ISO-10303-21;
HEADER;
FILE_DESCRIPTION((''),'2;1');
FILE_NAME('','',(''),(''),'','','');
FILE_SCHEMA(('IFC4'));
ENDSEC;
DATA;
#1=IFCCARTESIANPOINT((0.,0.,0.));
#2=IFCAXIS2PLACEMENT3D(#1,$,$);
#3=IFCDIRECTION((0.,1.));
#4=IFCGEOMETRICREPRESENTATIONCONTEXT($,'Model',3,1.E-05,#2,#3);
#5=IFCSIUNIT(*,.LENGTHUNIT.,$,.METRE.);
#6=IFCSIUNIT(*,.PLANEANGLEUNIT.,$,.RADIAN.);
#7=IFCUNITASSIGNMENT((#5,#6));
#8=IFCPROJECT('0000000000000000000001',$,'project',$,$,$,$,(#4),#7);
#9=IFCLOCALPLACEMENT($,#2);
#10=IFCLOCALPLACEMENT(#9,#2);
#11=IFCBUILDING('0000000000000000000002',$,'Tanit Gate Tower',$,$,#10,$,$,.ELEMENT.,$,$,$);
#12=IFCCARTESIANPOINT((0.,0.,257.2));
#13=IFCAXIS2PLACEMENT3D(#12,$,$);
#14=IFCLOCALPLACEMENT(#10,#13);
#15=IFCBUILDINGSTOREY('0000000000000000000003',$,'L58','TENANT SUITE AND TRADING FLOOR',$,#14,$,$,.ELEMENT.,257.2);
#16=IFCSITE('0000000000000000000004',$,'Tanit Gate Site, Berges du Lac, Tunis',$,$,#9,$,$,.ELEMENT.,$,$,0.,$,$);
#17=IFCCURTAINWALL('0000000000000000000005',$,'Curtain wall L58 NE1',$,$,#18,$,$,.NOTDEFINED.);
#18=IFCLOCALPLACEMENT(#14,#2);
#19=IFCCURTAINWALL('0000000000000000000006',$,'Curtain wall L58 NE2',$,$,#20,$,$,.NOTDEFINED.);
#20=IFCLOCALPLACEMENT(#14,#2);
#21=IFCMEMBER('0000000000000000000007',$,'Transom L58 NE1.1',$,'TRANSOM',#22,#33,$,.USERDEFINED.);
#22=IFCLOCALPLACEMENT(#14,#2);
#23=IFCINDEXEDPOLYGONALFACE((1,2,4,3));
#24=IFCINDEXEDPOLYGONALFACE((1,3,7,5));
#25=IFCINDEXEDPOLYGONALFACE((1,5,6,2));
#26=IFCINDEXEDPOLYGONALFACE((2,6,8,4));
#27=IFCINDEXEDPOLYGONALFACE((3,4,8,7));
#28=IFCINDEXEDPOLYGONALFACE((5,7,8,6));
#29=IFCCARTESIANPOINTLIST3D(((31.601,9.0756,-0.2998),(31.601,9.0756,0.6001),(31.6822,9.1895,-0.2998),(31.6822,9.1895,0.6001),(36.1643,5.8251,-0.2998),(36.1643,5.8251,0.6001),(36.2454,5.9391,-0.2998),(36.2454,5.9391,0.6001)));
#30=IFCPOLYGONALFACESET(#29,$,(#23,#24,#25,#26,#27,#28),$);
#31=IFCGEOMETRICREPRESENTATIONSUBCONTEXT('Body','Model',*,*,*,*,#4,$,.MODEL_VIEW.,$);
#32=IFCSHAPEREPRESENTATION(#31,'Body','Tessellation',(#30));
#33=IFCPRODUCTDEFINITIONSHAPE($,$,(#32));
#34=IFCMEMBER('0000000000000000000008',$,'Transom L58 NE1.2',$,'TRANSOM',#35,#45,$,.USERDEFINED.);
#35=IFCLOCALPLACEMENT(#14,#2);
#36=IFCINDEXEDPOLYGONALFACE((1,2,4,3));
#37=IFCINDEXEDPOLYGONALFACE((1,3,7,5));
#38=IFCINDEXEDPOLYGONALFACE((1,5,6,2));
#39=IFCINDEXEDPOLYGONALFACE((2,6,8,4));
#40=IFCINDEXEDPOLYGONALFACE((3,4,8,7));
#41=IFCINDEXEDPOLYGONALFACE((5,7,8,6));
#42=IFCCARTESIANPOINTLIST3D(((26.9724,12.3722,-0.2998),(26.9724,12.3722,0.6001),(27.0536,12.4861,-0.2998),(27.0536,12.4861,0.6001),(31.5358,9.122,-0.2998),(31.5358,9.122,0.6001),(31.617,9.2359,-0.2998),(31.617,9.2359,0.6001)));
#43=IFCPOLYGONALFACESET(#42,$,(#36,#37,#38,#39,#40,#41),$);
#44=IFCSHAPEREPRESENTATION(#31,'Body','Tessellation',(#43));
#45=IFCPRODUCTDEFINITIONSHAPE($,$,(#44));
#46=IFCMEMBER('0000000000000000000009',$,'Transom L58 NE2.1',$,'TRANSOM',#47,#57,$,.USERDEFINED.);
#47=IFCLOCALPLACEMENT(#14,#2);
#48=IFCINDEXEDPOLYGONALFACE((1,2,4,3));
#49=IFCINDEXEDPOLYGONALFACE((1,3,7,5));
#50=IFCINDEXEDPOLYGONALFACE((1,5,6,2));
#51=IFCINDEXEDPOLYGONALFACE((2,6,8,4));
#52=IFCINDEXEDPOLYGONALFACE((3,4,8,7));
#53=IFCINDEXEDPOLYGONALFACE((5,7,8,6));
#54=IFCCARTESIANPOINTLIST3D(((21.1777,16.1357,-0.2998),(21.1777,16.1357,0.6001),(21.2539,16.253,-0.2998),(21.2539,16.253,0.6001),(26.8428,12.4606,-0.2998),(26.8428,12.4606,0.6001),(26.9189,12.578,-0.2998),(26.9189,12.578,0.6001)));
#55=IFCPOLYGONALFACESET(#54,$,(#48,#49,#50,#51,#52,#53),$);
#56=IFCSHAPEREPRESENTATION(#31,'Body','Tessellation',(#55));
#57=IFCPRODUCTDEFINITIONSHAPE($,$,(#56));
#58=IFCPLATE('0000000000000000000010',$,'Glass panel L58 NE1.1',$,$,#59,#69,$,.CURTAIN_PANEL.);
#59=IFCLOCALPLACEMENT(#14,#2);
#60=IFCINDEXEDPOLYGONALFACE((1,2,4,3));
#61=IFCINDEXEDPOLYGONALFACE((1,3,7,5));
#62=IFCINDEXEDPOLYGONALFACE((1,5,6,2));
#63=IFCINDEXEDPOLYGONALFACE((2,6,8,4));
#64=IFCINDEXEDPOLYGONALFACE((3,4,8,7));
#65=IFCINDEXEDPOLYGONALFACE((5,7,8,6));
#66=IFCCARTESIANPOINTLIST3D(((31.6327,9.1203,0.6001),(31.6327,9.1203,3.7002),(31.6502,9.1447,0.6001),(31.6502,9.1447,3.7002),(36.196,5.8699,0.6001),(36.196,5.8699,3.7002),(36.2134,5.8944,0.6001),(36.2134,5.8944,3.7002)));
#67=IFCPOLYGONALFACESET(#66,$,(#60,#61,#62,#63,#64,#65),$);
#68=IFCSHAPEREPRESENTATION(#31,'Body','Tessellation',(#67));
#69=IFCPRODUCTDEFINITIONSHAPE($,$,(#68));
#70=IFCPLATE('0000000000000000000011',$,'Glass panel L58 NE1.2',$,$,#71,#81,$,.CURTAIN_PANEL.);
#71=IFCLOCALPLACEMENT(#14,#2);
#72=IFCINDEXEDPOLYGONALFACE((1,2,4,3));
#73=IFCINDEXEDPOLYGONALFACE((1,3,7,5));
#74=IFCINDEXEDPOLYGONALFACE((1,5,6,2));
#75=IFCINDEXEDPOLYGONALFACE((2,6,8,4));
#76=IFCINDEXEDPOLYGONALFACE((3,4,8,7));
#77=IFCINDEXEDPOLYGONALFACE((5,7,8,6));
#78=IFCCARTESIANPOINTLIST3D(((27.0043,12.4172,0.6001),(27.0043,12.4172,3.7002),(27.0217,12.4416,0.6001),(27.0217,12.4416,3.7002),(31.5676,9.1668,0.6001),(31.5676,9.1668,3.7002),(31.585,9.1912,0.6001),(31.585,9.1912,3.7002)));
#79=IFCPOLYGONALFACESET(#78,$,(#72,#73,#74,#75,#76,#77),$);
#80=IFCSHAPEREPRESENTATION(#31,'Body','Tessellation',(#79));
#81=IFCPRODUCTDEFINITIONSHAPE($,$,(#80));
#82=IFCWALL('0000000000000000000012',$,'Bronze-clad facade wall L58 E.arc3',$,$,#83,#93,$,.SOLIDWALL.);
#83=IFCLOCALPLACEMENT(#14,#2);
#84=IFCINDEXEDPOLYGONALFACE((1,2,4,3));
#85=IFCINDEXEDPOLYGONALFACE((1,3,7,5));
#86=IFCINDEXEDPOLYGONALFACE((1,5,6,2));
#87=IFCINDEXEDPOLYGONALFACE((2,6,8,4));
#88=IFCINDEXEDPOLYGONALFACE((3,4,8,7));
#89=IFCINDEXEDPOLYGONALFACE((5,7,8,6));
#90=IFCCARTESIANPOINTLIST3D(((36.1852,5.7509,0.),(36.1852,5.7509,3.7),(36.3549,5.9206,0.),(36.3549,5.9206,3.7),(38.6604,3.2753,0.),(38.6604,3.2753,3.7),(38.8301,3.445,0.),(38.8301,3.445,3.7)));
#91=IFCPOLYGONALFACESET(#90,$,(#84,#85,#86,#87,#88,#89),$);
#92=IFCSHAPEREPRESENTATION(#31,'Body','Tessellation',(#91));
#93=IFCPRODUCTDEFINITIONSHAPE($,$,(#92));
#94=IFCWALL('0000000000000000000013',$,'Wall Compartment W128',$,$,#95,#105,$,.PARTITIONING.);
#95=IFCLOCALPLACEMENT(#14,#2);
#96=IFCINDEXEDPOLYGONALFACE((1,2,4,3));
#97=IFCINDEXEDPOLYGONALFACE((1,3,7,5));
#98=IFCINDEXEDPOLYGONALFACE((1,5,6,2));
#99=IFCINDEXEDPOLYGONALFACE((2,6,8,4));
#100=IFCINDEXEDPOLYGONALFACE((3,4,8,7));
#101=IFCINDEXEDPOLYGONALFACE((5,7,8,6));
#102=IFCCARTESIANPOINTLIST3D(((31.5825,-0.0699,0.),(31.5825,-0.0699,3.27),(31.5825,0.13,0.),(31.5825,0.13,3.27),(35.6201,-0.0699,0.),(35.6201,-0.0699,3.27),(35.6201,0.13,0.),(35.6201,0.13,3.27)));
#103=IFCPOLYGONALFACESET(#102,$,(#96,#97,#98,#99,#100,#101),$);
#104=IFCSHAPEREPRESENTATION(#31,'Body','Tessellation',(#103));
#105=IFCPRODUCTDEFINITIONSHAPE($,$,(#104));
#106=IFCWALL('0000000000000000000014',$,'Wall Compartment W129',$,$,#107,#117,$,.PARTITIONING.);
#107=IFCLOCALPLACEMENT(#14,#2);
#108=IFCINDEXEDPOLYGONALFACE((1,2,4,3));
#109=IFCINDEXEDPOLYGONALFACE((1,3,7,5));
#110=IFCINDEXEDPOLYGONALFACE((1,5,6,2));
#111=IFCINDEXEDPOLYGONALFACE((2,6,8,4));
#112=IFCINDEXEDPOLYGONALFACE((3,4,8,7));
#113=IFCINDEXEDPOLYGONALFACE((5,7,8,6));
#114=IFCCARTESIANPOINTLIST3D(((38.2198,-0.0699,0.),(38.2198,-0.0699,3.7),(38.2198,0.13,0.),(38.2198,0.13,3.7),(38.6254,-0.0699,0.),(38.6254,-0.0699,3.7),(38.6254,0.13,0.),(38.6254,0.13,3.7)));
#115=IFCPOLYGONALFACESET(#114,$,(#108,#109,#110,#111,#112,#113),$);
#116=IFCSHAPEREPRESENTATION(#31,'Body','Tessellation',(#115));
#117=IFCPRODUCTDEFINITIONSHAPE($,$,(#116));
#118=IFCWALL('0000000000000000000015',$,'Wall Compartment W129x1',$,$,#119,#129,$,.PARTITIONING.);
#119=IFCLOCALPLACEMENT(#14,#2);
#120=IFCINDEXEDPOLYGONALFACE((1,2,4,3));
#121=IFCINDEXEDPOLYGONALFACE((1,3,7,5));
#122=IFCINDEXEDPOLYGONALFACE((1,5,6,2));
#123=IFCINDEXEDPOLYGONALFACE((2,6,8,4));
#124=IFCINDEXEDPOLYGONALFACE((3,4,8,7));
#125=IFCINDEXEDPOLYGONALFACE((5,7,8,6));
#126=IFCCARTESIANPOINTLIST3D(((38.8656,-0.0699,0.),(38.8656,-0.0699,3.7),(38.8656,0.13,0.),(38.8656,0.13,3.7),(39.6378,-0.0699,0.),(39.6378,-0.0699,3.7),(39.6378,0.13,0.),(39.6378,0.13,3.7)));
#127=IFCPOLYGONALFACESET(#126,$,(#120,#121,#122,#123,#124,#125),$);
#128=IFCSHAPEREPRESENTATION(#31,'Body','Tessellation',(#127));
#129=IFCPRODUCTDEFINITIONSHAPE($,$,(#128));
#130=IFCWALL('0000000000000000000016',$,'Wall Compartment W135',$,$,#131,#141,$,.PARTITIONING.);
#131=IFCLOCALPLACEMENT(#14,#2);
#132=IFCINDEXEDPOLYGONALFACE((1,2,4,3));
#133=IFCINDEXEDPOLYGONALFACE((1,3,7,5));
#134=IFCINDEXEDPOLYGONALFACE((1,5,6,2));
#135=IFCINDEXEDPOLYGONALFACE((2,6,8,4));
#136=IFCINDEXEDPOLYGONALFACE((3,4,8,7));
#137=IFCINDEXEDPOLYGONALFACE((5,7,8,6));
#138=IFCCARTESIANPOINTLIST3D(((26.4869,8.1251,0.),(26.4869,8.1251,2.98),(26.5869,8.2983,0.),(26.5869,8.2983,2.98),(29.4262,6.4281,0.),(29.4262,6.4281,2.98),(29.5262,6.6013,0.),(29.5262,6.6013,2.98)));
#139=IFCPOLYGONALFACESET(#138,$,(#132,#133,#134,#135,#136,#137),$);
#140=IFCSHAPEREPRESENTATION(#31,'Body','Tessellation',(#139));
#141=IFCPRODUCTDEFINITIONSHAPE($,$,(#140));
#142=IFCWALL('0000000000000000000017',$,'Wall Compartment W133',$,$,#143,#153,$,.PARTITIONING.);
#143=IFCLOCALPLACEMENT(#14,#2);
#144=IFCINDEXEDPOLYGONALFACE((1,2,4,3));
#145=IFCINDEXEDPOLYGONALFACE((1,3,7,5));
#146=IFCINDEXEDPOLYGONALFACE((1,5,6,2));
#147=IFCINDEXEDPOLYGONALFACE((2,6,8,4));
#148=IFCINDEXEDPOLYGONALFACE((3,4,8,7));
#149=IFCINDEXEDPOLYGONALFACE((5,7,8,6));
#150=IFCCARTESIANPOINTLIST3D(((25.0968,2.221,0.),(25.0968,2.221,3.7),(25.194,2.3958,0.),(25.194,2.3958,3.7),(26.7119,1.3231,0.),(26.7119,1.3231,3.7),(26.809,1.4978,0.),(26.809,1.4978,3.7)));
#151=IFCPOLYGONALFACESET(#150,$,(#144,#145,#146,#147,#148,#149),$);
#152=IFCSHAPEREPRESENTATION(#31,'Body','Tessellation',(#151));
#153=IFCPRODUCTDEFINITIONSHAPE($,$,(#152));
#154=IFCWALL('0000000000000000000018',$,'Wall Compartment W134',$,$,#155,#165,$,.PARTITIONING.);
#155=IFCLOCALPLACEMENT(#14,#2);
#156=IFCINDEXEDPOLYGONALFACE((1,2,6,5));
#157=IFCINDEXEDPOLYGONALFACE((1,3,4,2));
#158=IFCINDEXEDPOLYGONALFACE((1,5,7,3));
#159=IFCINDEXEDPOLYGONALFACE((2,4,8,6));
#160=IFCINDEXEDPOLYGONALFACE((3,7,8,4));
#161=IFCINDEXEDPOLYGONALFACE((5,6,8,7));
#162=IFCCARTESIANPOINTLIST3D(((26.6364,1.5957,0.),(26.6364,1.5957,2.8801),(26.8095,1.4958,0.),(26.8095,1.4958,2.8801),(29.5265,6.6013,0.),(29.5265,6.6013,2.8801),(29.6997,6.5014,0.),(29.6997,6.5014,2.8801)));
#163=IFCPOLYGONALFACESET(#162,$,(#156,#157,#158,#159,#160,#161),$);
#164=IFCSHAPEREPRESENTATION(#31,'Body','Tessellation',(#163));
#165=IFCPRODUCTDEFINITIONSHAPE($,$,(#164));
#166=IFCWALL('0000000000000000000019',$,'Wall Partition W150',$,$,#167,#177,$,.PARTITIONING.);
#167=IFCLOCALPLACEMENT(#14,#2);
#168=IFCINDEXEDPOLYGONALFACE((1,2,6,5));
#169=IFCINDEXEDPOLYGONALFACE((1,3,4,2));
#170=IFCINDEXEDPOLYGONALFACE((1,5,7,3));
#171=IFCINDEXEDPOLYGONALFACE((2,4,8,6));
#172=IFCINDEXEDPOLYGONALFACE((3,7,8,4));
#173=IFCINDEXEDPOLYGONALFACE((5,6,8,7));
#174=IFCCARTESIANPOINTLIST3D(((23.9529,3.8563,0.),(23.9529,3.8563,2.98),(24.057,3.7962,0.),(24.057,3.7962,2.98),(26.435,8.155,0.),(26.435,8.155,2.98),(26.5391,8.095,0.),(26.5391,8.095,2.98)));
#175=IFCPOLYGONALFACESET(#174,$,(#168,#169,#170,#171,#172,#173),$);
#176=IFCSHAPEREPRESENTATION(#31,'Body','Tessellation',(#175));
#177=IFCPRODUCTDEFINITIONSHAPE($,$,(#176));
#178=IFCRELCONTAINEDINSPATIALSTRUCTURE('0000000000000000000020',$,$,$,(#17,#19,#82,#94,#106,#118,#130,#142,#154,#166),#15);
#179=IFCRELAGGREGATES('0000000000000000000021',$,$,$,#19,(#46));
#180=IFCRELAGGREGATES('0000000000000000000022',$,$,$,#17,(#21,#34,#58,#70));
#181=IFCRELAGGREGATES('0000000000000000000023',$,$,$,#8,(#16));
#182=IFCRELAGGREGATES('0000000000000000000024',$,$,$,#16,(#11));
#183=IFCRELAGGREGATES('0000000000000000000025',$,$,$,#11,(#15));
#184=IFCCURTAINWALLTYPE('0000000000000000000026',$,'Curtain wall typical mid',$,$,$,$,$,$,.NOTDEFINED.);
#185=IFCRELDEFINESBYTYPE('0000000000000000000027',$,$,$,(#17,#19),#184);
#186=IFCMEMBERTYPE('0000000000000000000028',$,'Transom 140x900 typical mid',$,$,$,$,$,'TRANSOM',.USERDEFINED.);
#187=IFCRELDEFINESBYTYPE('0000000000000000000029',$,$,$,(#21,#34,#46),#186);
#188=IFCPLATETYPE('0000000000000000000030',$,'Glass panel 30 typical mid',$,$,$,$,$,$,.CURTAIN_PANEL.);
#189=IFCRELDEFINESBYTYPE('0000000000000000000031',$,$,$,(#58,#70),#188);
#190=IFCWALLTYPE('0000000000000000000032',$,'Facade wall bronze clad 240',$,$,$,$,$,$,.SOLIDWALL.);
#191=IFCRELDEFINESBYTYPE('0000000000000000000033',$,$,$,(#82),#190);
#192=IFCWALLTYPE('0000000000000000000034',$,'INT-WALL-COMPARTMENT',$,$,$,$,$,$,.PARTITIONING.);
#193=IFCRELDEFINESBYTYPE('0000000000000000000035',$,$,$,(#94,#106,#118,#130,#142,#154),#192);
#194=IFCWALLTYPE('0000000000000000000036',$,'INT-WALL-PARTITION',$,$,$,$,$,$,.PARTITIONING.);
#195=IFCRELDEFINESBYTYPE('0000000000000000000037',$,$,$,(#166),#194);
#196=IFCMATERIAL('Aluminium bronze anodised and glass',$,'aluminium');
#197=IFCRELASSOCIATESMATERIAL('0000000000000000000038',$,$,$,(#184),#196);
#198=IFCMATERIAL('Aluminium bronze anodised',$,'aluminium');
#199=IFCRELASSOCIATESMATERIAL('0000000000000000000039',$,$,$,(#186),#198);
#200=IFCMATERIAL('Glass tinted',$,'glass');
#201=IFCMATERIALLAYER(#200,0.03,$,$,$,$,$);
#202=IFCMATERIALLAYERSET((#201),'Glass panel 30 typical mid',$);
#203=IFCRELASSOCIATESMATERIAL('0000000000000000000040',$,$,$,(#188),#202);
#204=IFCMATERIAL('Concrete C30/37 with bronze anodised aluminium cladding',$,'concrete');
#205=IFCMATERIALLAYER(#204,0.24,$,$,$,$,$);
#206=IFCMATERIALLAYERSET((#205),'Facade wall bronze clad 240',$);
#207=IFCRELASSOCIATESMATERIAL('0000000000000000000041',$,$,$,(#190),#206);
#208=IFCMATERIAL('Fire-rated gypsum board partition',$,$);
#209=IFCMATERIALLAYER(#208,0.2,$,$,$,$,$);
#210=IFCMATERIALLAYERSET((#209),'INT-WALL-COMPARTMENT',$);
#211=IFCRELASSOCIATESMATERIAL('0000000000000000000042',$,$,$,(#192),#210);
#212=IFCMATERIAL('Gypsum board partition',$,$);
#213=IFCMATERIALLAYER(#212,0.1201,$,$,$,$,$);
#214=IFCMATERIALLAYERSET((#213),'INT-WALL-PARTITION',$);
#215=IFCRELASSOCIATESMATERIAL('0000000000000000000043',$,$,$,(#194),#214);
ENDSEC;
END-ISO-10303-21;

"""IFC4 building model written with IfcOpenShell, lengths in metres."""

from ifc_helpers import new_model, si_unit, direction, frame, frame_2d, origin, origin_2d, place, context, subcontext, project, spatial, rectangle, extrude, material, layer, layer_set, material_profile, profile_set, type_object, element, aggregate, save


model = new_model("IFC4")

# Units and contexts
model_context = context("Model", 3, precision=1e-05, world=origin(), true_north=direction((0.0, 1.0)))
body_context = subcontext(model_context, "Body", "Model", "MODEL_VIEW")
ifc_project = project(units=[si_unit("LENGTHUNIT", "METRE"), si_unit("PLANEANGLEUNIT", "RADIAN")], contexts=[model_context])

# Site, building, storey
site_placement = place(None, origin())
site = spatial("IfcSite", under=ifc_project, at=site_placement, Name="Tanit Gate Site, Berges du Lac, Tunis", CompositionType="ELEMENT", RefElevation=0.0)
building_placement = place(site_placement, origin())
building = spatial("IfcBuilding", under=site, at=building_placement, Name="Tanit Gate Tower", CompositionType="ELEMENT")
storey_placement = place(building_placement, frame((0.0, 0.0, 257.2)))
storey = spatial("IfcBuildingStorey", under=building, at=storey_placement, Name="L58", Description="TENANT SUITE AND TRADING FLOOR", CompositionType="ELEMENT", Elevation=257.2)

# Curtain walls
ifc_material_1 = material(Name="Aluminium bronze anodised and glass", Category="aluminium")
curtain_wall_type = type_object("IfcCurtainWallType", Name="Curtain wall typical mid", PredefinedType="NOTDEFINED", material=ifc_material_1)
curtain_wall_1_placement = place(storey_placement, origin())
curtain_wall_1 = element("IfcCurtainWall", 1, at=curtain_wall_1_placement, inside=storey, type_object=curtain_wall_type, Name="Curtain wall L58 NE1", PredefinedType="NOTDEFINED")
curtain_wall_2_placement = place(storey_placement, origin())
curtain_wall_2 = element("IfcCurtainWall", 2, at=curtain_wall_2_placement, inside=storey, type_object=curtain_wall_type, Name="Curtain wall L58 NE2", PredefinedType="NOTDEFINED")

# Members
ifc_material_2 = material(Name="Aluminium bronze anodised", Category="aluminium")
ifc_material_profile_1 = material_profile(ifc_material_2, rectangle(XDim=0.1399, YDim=0.8999, at=origin_2d()), Name="140x900 bronze transom")
ifc_profile_set_1 = profile_set([ifc_material_profile_1], Name="Aluminium bronze anodised")
member_type_1 = type_object("IfcMemberType", Name="Transom 140x900 typical mid", ElementType="TRANSOM", PredefinedType="USERDEFINED", material=ifc_profile_set_1)
member_1_placement = place(storey_placement, frame((36.2048, 5.8821, 0.1501), z_axis=(-0.814489, 0.580178, 0.0), x_axis=(-0.580178, -0.814489, 0.0)))
member_1 = element("IfcMember", 3, at=member_1_placement, type_object=member_type_1, Name="Transom L58 NE1.1", ObjectType="TRANSOM", PredefinedType="USERDEFINED", context=body_context, shape_type="SweptSolid", body=[
    extrude(rectangle(XDim=0.1399, YDim=0.8999, at=origin_2d()), origin(), (0.0, 0.0, 1.0), 5.6025),
])
member_2_placement = place(storey_placement, frame((31.5764, 9.179, 0.1501), z_axis=(-0.814525, 0.580129, 0.0), x_axis=(-0.580129, -0.814525, 0.0)))
member_2 = element("IfcMember", 4, at=member_2_placement, type_object=member_type_1, Name="Transom L58 NE1.2", ObjectType="TRANSOM", PredefinedType="USERDEFINED", context=body_context, shape_type="SweptSolid", body=[
    extrude(rectangle(XDim=0.1399, YDim=0.8999, at=origin_2d()), origin(), (0.0, 0.0, 1.0), 5.6025),
])
member_3_placement = place(storey_placement, frame((26.8809, 12.5193, 0.1501), z_axis=(-0.838932, 0.544236, 0.0), x_axis=(-0.544236, -0.838932, 0.0)))
member_3 = element("IfcMember", 5, at=member_3_placement, type_object=member_type_1, Name="Transom L58 NE2.1", ObjectType="TRANSOM", PredefinedType="USERDEFINED", context=body_context, shape_type="SweptSolid", body=[
    extrude(rectangle(XDim=0.1399, YDim=0.8999, at=origin_2d()), origin(), (0.0, 0.0, 1.0), 6.7527),
])
aggregate(curtain_wall_2, [member_3])

# Plates
ifc_material_3 = material(Name="Glass tinted", Category="glass")
ifc_layer_1 = layer(ifc_material_3, 0.03)
ifc_layer_set_1 = layer_set([ifc_layer_1], Name="Glass panel 30 typical mid")
plate_type = type_object("IfcPlateType", Name="Glass panel 30 typical mid", PredefinedType="CURTAIN_PANEL", material=ifc_layer_set_1)
plate_1_placement = place(storey_placement, frame((33.9231, 7.5073, 0.6001), z_axis=(0.0, 0.0, 1.0), x_axis=(-0.814503, 0.58016, 0.0)))
plate_1 = element("IfcPlate", 6, at=plate_1_placement, type_object=plate_type, Name="Glass panel L58 NE1.1", PredefinedType="CURTAIN_PANEL", context=body_context, shape_type="SweptSolid", body=[
    extrude(rectangle(XDim=5.6025, YDim=0.03, at=origin_2d()), origin(), (0.0, 0.0, 1.0), 3.1001),
])
plate_2_placement = place(storey_placement, frame((29.2947, 10.8042, 0.6001), z_axis=(0.0, 0.0, 1.0), x_axis=(-0.814503, 0.58016, 0.0)))
plate_2 = element("IfcPlate", 7, at=plate_2_placement, type_object=plate_type, Name="Glass panel L58 NE1.2", PredefinedType="CURTAIN_PANEL", context=body_context, shape_type="SweptSolid", body=[
    extrude(rectangle(XDim=5.6025, YDim=0.03, at=origin_2d()), origin(), (0.0, 0.0, 1.0), 3.1001),
])
aggregate(curtain_wall_1, [member_1, member_2, plate_1, plate_2])

# Walls
ifc_material_4 = material(Name="Concrete C30/37 with bronze anodised aluminium cladding", Category="concrete")
ifc_layer_2 = layer(ifc_material_4, 0.24)
ifc_layer_set_2 = layer_set([ifc_layer_2], Name="Facade wall bronze clad 240")
wall_type_1 = type_object("IfcWallType", Name="Facade wall bronze clad 240", PredefinedType="SOLIDWALL", material=ifc_layer_set_2)
wall_1_placement = place(storey_placement, frame((38.7454, 3.3601, 0.0), z_axis=(0.0, 0.0, 1.0), x_axis=(-0.707072, 0.707142, 0.0)))
element("IfcWall", 8, at=wall_1_placement, inside=storey, type_object=wall_type_1, Name="Bronze-clad facade wall L58 E.arc3", PredefinedType="SOLIDWALL", context=body_context, shape_type="SweptSolid", body=[
    extrude(rectangle(XDim=3.5007, YDim=0.24, at=frame_2d((1.7505, 0.0))), origin(), (0.0, 0.0, 1.0), 3.7),
])
ifc_material_5 = material(Name="Fire-rated gypsum board partition")
ifc_layer_3 = layer(ifc_material_5, 0.2)
ifc_layer_set_3 = layer_set([ifc_layer_3], Name="INT-WALL-COMPARTMENT")
wall_type_2 = type_object("IfcWallType", Name="INT-WALL-COMPARTMENT", PredefinedType="PARTITIONING", material=ifc_layer_set_3)
wall_2_placement = place(storey_placement, frame((31.5825, 0.03, 0.0), z_axis=(0.0, 0.0, 1.0), x_axis=(1.0, 0.0, 0.0)))
element("IfcWall", 9, at=wall_2_placement, inside=storey, type_object=wall_type_2, Name="Wall Compartment W128", PredefinedType="PARTITIONING", context=body_context, shape_type="SweptSolid", body=[
    extrude(rectangle(XDim=4.0376, YDim=0.2, at=frame_2d((2.0188, 0.0))), origin(), (0.0, 0.0, 1.0), 3.27),
])
wall_3_placement = place(storey_placement, frame((38.22, 0.03, 0.0), z_axis=(0.0, 0.0, 1.0), x_axis=(1.0, 0.0, 0.0)))
element("IfcWall", 10, at=wall_3_placement, inside=storey, type_object=wall_type_2, Name="Wall Compartment W129", PredefinedType="PARTITIONING", context=body_context, shape_type="SweptSolid", body=[
    extrude(rectangle(XDim=0.4055, YDim=0.2, at=frame_2d((0.2026, 0.0))), origin(), (0.0, 0.0, 1.0), 3.7),
])
wall_4_placement = place(storey_placement, frame((38.8655, 0.03, 0.0), z_axis=(0.0, 0.0, 1.0), x_axis=(1.0, 0.0, 0.0)))
element("IfcWall", 11, at=wall_4_placement, inside=storey, type_object=wall_type_2, Name="Wall Compartment W129x1", PredefinedType="PARTITIONING", context=body_context, shape_type="SweptSolid", body=[
    extrude(rectangle(XDim=0.7722, YDim=0.2, at=frame_2d((0.3862, 0.0))), origin(), (0.0, 0.0, 1.0), 3.7),
])
wall_5_placement = place(storey_placement, frame((26.5369, 8.2117, 0.0), z_axis=(0.0, 0.0, 1.0), x_axis=(0.866035, -0.499984, 0.0)))
element("IfcWall", 12, at=wall_5_placement, inside=storey, type_object=wall_type_2, Name="Wall Compartment W135", PredefinedType="PARTITIONING", context=body_context, shape_type="SweptSolid", body=[
    extrude(rectangle(XDim=3.394, YDim=0.2, at=frame_2d((1.697, 0.0))), origin(), (0.0, 0.0, 1.0), 2.98),
])
wall_6_placement = place(storey_placement, frame((25.1455, 2.3083, 0.0), z_axis=(0.0, 0.0, 1.0), x_axis=(0.873989, -0.485946, 0.0)))
element("IfcWall", 13, at=wall_6_placement, inside=storey, type_object=wall_type_2, Name="Wall Compartment W133", PredefinedType="PARTITIONING", context=body_context, shape_type="SweptSolid", body=[
    extrude(rectangle(XDim=1.8479, YDim=0.2, at=frame_2d((0.9238, 0.0))), origin(), (0.0, 0.0, 1.0), 3.7),
])
wall_7_placement = place(storey_placement, frame((26.7229, 1.5457, 0.0), z_axis=(0.0, 0.0, 1.0), x_axis=(0.500019, 0.866015, 0.0)))
element("IfcWall", 14, at=wall_7_placement, inside=storey, type_object=wall_type_2, Name="Wall Compartment W134", PredefinedType="PARTITIONING", context=body_context, shape_type="SweptSolid", body=[
    extrude(rectangle(XDim=5.78, YDim=0.2, at=frame_2d((2.8901, 0.0))), origin(), (0.0, 0.0, 1.0), 2.8801),
])
ifc_material_6 = material(Name="Gypsum board partition")
ifc_layer_4 = layer(ifc_material_6, 0.1201)
ifc_layer_set_4 = layer_set([ifc_layer_4], Name="INT-WALL-PARTITION")
wall_type_3 = type_object("IfcWallType", Name="INT-WALL-PARTITION", PredefinedType="PARTITIONING", material=ifc_layer_set_4)
wall_8_placement = place(storey_placement, frame((26.4871, 8.125, 0.0), z_axis=(0.0, 0.0, 1.0), x_axis=(-0.500037, -0.866004, 0.0)))
element("IfcWall", 15, at=wall_8_placement, inside=storey, type_object=wall_type_3, Name="Wall Partition W150", PredefinedType="PARTITIONING", context=body_context, shape_type="SweptSolid", body=[
    extrude(rectangle(XDim=4.9639, YDim=0.1201, at=frame_2d((2.4819, 0.0))), origin(), (0.0, 0.0, 1.0), 2.98),
])

save(model, "model.ifc")
